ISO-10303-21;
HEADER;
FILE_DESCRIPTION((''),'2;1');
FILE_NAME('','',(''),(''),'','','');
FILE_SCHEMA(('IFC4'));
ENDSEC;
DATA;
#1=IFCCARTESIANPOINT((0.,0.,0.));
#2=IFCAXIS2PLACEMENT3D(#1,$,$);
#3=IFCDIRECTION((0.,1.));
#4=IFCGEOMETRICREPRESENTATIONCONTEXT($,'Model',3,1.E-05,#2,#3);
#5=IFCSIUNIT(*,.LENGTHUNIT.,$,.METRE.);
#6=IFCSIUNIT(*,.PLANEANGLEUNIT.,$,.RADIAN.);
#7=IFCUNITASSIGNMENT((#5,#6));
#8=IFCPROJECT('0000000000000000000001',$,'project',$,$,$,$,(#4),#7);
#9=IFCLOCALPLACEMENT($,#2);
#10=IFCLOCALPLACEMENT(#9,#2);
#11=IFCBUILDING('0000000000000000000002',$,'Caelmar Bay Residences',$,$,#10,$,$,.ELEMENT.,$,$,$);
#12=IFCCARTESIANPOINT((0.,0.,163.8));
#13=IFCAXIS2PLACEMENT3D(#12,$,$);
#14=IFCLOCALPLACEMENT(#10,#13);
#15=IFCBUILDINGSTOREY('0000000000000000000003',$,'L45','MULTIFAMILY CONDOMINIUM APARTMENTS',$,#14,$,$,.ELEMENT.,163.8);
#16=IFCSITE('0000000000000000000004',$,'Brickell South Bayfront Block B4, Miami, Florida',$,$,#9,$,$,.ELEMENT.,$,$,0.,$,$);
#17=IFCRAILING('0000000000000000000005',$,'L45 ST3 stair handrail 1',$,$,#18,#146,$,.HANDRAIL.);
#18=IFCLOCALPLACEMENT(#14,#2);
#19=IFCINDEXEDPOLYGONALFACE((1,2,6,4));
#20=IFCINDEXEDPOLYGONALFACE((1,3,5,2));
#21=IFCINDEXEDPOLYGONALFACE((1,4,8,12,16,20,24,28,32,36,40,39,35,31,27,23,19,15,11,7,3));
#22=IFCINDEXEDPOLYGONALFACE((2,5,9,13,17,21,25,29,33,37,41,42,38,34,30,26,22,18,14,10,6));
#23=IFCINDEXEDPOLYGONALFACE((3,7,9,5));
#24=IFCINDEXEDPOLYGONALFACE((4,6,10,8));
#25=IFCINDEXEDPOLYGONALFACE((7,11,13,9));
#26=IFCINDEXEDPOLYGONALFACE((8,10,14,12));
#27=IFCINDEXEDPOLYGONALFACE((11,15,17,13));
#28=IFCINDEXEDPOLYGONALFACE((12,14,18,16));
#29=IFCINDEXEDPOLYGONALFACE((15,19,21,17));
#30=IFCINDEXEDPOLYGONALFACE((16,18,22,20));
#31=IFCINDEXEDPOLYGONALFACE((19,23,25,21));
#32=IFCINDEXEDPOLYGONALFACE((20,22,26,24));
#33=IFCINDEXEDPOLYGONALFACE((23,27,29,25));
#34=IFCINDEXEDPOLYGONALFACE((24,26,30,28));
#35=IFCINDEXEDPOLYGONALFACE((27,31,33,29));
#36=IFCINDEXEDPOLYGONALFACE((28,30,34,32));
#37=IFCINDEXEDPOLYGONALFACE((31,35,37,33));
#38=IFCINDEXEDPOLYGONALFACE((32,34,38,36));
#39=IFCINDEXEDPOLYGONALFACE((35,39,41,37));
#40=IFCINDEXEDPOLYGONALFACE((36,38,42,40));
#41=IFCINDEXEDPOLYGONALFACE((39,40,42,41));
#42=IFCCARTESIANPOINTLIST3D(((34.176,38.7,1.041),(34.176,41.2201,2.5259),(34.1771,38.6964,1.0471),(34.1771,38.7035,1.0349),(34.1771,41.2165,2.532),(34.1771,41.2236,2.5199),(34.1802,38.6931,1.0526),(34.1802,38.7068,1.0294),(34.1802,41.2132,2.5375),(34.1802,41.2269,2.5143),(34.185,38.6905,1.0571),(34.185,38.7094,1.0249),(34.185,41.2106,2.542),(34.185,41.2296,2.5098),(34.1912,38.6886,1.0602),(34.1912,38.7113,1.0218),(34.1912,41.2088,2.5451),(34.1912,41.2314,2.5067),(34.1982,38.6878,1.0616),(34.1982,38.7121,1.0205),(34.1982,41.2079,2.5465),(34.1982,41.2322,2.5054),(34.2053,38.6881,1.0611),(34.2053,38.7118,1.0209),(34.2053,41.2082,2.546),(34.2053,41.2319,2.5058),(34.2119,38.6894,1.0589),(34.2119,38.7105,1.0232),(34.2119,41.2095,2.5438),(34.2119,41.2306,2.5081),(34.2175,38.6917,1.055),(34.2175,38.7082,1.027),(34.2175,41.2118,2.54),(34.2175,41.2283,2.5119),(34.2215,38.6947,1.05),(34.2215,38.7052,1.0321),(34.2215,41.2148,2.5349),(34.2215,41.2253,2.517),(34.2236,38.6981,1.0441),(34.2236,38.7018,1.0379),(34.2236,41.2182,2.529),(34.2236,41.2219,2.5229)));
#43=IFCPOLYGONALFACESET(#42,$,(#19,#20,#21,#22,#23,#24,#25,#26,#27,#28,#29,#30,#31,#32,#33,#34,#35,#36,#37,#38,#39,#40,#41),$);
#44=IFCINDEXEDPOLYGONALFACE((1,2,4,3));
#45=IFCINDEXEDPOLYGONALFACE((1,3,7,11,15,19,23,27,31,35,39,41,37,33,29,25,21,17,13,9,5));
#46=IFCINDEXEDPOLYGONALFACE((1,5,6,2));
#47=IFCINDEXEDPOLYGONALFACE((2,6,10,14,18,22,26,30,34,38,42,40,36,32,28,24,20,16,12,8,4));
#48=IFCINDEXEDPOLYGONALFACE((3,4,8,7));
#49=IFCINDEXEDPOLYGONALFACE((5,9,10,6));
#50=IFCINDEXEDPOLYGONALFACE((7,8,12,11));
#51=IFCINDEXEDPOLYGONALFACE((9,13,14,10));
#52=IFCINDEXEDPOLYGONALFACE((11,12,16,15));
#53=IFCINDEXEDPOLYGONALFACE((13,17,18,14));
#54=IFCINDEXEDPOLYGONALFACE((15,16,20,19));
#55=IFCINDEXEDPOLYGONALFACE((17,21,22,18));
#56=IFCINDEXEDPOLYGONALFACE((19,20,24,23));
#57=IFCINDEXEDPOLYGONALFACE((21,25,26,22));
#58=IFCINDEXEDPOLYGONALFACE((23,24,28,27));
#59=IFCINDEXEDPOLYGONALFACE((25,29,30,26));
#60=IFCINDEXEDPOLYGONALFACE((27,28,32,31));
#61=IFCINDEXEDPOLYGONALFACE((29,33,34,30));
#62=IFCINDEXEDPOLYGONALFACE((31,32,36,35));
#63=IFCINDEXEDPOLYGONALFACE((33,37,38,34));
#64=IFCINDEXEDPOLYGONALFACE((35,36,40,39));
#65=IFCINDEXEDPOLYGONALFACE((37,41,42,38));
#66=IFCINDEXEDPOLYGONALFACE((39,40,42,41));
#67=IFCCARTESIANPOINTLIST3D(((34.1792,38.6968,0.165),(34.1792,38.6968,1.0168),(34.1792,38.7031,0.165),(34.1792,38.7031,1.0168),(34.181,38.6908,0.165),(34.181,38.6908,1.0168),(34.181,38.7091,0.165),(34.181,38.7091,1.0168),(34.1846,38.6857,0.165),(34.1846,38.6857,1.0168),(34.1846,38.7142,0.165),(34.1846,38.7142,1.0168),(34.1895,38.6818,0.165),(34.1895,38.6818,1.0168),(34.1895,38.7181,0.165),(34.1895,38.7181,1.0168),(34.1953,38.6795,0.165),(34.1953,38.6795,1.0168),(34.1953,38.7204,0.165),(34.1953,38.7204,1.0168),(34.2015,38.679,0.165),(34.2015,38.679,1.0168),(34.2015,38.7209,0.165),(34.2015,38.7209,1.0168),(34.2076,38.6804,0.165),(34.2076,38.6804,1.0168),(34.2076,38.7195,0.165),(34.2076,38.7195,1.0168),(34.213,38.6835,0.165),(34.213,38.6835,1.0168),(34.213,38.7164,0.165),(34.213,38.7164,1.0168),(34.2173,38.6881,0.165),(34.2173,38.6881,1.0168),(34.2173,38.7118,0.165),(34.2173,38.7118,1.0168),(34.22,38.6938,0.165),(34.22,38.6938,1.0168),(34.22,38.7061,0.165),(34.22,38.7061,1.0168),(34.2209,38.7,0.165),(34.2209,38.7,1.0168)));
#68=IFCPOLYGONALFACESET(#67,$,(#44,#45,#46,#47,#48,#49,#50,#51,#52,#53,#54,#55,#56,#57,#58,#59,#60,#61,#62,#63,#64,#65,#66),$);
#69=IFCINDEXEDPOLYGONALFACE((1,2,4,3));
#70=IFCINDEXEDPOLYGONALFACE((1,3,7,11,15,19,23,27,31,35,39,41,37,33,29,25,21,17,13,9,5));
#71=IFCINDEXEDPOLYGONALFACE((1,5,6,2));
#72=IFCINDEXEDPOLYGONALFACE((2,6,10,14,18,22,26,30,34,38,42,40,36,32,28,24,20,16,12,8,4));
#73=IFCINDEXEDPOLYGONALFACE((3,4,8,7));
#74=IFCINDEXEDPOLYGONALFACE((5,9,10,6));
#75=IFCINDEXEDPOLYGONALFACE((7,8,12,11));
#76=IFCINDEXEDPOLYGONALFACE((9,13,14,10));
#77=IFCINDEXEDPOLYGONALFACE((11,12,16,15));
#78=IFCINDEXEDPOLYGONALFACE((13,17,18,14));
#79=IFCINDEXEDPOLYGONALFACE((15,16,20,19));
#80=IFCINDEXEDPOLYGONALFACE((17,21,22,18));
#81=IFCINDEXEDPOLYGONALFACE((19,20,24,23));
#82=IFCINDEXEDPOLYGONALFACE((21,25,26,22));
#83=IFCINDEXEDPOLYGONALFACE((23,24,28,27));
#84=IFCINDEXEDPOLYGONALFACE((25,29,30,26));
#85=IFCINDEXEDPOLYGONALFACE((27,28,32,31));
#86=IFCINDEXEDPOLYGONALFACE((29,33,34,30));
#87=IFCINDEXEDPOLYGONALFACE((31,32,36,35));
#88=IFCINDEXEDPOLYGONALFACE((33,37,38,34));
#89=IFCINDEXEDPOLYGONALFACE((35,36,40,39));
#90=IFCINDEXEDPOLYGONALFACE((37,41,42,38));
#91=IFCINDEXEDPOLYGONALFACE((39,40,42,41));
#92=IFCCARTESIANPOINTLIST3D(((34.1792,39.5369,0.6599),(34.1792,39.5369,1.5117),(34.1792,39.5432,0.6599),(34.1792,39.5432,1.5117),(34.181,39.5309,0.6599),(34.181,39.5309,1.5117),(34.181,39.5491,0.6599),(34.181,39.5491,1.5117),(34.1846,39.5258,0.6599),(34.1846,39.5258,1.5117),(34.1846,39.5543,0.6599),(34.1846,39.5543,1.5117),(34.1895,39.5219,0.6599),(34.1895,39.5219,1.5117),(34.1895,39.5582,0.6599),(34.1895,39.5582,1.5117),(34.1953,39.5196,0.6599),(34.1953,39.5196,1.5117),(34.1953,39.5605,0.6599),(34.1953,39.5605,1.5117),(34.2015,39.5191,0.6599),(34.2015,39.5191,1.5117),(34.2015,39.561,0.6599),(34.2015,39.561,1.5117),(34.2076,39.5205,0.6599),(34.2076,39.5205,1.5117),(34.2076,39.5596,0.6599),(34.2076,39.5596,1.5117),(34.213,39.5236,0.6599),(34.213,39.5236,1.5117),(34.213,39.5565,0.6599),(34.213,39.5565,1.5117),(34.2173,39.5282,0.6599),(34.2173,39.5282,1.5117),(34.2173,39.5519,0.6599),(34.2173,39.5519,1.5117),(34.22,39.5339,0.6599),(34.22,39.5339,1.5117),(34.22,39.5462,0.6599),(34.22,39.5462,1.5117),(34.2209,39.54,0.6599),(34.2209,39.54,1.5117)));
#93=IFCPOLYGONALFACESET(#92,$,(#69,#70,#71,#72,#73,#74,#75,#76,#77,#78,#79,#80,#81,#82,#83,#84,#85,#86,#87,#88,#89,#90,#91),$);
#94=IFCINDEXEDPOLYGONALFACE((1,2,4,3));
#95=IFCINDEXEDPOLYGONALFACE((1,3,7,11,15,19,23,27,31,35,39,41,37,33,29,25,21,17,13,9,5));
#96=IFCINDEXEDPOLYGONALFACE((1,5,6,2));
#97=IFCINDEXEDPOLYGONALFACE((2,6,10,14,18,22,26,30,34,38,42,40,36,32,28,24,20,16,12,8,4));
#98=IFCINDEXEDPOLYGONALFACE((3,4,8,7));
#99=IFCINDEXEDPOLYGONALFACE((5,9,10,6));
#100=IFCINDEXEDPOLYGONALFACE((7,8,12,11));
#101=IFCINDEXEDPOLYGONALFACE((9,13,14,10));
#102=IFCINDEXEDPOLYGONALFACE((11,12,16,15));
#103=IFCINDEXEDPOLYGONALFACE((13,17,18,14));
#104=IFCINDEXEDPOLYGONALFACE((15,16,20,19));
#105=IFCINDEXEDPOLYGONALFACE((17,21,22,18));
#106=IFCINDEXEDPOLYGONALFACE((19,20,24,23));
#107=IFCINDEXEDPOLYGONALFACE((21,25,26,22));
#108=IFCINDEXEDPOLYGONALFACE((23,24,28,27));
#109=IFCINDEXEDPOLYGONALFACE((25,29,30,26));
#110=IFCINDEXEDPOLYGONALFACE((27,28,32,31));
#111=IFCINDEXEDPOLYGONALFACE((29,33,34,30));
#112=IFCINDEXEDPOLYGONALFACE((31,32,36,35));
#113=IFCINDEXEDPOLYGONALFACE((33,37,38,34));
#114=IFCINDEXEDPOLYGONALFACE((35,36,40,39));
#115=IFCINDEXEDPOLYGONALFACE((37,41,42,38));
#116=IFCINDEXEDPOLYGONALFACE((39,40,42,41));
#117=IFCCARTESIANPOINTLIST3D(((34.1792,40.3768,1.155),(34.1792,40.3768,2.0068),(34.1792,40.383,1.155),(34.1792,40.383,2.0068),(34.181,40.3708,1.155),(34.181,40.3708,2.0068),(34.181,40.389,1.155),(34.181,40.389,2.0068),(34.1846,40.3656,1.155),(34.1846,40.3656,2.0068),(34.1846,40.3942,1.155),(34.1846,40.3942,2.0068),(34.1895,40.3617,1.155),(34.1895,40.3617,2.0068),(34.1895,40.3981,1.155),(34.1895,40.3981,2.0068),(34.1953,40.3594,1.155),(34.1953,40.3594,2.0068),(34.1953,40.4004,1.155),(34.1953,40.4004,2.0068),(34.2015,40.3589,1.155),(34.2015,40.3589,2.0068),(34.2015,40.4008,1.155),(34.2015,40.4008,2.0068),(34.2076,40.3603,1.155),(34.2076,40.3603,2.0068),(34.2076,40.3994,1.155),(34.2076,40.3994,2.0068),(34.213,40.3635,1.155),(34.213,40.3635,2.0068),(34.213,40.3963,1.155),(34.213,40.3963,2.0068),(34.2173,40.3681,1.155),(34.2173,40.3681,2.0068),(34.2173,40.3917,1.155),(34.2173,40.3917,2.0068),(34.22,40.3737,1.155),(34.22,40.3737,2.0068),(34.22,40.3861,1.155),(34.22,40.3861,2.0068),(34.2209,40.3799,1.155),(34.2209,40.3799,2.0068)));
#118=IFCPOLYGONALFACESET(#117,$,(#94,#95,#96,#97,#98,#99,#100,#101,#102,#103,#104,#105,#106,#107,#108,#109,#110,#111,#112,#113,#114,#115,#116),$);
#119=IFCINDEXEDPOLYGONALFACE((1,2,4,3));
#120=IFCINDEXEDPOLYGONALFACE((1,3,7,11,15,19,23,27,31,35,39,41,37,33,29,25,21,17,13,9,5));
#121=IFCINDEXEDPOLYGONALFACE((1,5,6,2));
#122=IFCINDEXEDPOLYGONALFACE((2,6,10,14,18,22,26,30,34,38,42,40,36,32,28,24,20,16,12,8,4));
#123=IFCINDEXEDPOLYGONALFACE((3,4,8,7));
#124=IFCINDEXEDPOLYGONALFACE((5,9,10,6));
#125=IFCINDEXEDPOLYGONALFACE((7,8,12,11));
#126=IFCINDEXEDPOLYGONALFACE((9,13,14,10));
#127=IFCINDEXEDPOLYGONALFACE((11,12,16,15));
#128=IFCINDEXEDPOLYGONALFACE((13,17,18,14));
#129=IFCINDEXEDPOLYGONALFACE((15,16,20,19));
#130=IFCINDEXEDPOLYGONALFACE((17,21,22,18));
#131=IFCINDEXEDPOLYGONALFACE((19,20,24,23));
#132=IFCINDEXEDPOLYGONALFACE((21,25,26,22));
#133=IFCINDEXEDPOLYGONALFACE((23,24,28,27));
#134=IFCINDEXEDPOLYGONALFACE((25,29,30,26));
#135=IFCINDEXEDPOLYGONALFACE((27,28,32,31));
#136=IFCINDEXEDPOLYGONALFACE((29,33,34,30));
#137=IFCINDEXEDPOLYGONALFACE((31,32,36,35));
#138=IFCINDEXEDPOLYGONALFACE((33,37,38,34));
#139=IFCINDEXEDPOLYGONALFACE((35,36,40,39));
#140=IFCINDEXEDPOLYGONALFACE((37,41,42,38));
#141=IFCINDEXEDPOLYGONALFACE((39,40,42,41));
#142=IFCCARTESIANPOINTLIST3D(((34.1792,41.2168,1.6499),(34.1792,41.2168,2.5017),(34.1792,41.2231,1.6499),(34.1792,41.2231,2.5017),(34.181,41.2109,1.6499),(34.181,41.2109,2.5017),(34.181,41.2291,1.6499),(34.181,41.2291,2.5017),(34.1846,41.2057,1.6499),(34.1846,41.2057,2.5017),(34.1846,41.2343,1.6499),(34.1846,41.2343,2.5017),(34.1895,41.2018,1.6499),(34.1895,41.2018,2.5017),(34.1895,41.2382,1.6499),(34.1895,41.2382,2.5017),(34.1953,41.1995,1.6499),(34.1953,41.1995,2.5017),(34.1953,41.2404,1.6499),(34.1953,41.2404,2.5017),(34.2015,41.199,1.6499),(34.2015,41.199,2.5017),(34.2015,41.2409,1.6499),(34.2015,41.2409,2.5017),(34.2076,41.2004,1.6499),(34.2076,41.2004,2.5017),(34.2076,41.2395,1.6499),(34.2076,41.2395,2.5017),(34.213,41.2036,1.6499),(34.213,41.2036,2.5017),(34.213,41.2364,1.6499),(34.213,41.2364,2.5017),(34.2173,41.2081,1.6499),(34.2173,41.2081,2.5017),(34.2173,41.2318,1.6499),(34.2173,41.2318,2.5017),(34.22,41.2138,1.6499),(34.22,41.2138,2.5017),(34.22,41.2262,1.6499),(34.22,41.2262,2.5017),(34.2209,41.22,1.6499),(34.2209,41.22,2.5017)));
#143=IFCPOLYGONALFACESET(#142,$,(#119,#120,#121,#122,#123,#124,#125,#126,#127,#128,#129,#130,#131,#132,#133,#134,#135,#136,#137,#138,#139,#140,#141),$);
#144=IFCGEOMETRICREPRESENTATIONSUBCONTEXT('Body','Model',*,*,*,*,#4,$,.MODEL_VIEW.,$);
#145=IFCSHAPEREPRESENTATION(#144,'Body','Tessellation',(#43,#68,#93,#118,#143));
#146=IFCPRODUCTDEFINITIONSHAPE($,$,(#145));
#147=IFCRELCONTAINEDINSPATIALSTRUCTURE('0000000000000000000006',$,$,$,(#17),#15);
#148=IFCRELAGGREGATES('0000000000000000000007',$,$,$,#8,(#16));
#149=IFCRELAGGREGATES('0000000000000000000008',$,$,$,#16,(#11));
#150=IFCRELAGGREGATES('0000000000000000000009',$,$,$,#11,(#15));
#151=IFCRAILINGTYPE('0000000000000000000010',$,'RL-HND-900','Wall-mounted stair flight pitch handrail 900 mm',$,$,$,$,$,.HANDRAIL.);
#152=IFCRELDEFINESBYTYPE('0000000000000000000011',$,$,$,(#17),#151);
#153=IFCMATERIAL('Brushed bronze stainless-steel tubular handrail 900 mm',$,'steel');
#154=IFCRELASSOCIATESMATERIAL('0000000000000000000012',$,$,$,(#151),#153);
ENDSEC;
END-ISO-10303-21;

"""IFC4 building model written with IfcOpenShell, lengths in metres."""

from ifc_helpers import new_model, si_unit, direction, frame, origin, origin_2d, place, context, subcontext, project, spatial, circle, extrude, material, type_object, element, save


model = new_model("IFC4")

# Units and contexts
model_context = context("Model", 3, precision=1e-05, world=origin(), true_north=direction((0.0, 1.0)))
body_context = subcontext(model_context, "Body", "Model", "MODEL_VIEW")
ifc_project = project(units=[si_unit("LENGTHUNIT", "METRE"), si_unit("PLANEANGLEUNIT", "RADIAN")], contexts=[model_context])

# Site, building, storey
site_placement = place(None, origin())
site = spatial("IfcSite", under=ifc_project, at=site_placement, Name="Brickell South Bayfront Block B4, Miami, Florida", CompositionType="ELEMENT", RefElevation=0.0)
building_placement = place(site_placement, origin())
building = spatial("IfcBuilding", under=site, at=building_placement, Name="Caelmar Bay Residences", CompositionType="ELEMENT")
storey_placement = place(building_placement, frame((0.0, 0.0, 163.8)))
storey = spatial("IfcBuildingStorey", under=building, at=storey_placement, Name="L45", Description="MULTIFAMILY CONDOMINIUM APARTMENTS", CompositionType="ELEMENT", Elevation=163.8)

# Railing
ifc_material_1 = material(Name="Brushed bronze stainless-steel tubular handrail 900 mm", Category="steel")
railing_type_1 = type_object("IfcRailingType", Name="RL-HND-900", Description="Wall-mounted stair flight pitch handrail 900 mm", PredefinedType="HANDRAIL", material=ifc_material_1)
railing_1_placement = place(storey_placement, frame((34.2, 38.7, 0.165)))
element("IfcRailing", 1, at=railing_1_placement, inside=storey, type_object=railing_type_1, Name="L45 ST3 stair handrail 1", PredefinedType="HANDRAIL", context=body_context, shape_type="SweptSolid", body=[
    extrude(circle(Radius=0.0239, at=origin_2d()), frame((0.0, 0.0, 0.876), z_axis=(0.0, 0.861561, 0.507655), x_axis=(-1.0, 0.0, 0.0)), (0.0, 0.0, 1.0), 2.925),
    extrude(circle(Radius=0.021, at=origin_2d()), origin(), (0.0, 0.0, 1.0), 0.8518),
    extrude(circle(Radius=0.021, at=origin_2d()), frame((0.0, 0.8401, 0.4949)), (0.0, 0.0, 1.0), 0.8518),
    extrude(circle(Radius=0.021, at=origin_2d()), frame((0.0, 1.6799, 0.99)), (0.0, 0.0, 1.0), 0.8518),
    extrude(circle(Radius=0.021, at=origin_2d()), frame((0.0, 2.52, 1.4849)), (0.0, 0.0, 1.0), 0.8518),
])

save(model, "model.ifc")
